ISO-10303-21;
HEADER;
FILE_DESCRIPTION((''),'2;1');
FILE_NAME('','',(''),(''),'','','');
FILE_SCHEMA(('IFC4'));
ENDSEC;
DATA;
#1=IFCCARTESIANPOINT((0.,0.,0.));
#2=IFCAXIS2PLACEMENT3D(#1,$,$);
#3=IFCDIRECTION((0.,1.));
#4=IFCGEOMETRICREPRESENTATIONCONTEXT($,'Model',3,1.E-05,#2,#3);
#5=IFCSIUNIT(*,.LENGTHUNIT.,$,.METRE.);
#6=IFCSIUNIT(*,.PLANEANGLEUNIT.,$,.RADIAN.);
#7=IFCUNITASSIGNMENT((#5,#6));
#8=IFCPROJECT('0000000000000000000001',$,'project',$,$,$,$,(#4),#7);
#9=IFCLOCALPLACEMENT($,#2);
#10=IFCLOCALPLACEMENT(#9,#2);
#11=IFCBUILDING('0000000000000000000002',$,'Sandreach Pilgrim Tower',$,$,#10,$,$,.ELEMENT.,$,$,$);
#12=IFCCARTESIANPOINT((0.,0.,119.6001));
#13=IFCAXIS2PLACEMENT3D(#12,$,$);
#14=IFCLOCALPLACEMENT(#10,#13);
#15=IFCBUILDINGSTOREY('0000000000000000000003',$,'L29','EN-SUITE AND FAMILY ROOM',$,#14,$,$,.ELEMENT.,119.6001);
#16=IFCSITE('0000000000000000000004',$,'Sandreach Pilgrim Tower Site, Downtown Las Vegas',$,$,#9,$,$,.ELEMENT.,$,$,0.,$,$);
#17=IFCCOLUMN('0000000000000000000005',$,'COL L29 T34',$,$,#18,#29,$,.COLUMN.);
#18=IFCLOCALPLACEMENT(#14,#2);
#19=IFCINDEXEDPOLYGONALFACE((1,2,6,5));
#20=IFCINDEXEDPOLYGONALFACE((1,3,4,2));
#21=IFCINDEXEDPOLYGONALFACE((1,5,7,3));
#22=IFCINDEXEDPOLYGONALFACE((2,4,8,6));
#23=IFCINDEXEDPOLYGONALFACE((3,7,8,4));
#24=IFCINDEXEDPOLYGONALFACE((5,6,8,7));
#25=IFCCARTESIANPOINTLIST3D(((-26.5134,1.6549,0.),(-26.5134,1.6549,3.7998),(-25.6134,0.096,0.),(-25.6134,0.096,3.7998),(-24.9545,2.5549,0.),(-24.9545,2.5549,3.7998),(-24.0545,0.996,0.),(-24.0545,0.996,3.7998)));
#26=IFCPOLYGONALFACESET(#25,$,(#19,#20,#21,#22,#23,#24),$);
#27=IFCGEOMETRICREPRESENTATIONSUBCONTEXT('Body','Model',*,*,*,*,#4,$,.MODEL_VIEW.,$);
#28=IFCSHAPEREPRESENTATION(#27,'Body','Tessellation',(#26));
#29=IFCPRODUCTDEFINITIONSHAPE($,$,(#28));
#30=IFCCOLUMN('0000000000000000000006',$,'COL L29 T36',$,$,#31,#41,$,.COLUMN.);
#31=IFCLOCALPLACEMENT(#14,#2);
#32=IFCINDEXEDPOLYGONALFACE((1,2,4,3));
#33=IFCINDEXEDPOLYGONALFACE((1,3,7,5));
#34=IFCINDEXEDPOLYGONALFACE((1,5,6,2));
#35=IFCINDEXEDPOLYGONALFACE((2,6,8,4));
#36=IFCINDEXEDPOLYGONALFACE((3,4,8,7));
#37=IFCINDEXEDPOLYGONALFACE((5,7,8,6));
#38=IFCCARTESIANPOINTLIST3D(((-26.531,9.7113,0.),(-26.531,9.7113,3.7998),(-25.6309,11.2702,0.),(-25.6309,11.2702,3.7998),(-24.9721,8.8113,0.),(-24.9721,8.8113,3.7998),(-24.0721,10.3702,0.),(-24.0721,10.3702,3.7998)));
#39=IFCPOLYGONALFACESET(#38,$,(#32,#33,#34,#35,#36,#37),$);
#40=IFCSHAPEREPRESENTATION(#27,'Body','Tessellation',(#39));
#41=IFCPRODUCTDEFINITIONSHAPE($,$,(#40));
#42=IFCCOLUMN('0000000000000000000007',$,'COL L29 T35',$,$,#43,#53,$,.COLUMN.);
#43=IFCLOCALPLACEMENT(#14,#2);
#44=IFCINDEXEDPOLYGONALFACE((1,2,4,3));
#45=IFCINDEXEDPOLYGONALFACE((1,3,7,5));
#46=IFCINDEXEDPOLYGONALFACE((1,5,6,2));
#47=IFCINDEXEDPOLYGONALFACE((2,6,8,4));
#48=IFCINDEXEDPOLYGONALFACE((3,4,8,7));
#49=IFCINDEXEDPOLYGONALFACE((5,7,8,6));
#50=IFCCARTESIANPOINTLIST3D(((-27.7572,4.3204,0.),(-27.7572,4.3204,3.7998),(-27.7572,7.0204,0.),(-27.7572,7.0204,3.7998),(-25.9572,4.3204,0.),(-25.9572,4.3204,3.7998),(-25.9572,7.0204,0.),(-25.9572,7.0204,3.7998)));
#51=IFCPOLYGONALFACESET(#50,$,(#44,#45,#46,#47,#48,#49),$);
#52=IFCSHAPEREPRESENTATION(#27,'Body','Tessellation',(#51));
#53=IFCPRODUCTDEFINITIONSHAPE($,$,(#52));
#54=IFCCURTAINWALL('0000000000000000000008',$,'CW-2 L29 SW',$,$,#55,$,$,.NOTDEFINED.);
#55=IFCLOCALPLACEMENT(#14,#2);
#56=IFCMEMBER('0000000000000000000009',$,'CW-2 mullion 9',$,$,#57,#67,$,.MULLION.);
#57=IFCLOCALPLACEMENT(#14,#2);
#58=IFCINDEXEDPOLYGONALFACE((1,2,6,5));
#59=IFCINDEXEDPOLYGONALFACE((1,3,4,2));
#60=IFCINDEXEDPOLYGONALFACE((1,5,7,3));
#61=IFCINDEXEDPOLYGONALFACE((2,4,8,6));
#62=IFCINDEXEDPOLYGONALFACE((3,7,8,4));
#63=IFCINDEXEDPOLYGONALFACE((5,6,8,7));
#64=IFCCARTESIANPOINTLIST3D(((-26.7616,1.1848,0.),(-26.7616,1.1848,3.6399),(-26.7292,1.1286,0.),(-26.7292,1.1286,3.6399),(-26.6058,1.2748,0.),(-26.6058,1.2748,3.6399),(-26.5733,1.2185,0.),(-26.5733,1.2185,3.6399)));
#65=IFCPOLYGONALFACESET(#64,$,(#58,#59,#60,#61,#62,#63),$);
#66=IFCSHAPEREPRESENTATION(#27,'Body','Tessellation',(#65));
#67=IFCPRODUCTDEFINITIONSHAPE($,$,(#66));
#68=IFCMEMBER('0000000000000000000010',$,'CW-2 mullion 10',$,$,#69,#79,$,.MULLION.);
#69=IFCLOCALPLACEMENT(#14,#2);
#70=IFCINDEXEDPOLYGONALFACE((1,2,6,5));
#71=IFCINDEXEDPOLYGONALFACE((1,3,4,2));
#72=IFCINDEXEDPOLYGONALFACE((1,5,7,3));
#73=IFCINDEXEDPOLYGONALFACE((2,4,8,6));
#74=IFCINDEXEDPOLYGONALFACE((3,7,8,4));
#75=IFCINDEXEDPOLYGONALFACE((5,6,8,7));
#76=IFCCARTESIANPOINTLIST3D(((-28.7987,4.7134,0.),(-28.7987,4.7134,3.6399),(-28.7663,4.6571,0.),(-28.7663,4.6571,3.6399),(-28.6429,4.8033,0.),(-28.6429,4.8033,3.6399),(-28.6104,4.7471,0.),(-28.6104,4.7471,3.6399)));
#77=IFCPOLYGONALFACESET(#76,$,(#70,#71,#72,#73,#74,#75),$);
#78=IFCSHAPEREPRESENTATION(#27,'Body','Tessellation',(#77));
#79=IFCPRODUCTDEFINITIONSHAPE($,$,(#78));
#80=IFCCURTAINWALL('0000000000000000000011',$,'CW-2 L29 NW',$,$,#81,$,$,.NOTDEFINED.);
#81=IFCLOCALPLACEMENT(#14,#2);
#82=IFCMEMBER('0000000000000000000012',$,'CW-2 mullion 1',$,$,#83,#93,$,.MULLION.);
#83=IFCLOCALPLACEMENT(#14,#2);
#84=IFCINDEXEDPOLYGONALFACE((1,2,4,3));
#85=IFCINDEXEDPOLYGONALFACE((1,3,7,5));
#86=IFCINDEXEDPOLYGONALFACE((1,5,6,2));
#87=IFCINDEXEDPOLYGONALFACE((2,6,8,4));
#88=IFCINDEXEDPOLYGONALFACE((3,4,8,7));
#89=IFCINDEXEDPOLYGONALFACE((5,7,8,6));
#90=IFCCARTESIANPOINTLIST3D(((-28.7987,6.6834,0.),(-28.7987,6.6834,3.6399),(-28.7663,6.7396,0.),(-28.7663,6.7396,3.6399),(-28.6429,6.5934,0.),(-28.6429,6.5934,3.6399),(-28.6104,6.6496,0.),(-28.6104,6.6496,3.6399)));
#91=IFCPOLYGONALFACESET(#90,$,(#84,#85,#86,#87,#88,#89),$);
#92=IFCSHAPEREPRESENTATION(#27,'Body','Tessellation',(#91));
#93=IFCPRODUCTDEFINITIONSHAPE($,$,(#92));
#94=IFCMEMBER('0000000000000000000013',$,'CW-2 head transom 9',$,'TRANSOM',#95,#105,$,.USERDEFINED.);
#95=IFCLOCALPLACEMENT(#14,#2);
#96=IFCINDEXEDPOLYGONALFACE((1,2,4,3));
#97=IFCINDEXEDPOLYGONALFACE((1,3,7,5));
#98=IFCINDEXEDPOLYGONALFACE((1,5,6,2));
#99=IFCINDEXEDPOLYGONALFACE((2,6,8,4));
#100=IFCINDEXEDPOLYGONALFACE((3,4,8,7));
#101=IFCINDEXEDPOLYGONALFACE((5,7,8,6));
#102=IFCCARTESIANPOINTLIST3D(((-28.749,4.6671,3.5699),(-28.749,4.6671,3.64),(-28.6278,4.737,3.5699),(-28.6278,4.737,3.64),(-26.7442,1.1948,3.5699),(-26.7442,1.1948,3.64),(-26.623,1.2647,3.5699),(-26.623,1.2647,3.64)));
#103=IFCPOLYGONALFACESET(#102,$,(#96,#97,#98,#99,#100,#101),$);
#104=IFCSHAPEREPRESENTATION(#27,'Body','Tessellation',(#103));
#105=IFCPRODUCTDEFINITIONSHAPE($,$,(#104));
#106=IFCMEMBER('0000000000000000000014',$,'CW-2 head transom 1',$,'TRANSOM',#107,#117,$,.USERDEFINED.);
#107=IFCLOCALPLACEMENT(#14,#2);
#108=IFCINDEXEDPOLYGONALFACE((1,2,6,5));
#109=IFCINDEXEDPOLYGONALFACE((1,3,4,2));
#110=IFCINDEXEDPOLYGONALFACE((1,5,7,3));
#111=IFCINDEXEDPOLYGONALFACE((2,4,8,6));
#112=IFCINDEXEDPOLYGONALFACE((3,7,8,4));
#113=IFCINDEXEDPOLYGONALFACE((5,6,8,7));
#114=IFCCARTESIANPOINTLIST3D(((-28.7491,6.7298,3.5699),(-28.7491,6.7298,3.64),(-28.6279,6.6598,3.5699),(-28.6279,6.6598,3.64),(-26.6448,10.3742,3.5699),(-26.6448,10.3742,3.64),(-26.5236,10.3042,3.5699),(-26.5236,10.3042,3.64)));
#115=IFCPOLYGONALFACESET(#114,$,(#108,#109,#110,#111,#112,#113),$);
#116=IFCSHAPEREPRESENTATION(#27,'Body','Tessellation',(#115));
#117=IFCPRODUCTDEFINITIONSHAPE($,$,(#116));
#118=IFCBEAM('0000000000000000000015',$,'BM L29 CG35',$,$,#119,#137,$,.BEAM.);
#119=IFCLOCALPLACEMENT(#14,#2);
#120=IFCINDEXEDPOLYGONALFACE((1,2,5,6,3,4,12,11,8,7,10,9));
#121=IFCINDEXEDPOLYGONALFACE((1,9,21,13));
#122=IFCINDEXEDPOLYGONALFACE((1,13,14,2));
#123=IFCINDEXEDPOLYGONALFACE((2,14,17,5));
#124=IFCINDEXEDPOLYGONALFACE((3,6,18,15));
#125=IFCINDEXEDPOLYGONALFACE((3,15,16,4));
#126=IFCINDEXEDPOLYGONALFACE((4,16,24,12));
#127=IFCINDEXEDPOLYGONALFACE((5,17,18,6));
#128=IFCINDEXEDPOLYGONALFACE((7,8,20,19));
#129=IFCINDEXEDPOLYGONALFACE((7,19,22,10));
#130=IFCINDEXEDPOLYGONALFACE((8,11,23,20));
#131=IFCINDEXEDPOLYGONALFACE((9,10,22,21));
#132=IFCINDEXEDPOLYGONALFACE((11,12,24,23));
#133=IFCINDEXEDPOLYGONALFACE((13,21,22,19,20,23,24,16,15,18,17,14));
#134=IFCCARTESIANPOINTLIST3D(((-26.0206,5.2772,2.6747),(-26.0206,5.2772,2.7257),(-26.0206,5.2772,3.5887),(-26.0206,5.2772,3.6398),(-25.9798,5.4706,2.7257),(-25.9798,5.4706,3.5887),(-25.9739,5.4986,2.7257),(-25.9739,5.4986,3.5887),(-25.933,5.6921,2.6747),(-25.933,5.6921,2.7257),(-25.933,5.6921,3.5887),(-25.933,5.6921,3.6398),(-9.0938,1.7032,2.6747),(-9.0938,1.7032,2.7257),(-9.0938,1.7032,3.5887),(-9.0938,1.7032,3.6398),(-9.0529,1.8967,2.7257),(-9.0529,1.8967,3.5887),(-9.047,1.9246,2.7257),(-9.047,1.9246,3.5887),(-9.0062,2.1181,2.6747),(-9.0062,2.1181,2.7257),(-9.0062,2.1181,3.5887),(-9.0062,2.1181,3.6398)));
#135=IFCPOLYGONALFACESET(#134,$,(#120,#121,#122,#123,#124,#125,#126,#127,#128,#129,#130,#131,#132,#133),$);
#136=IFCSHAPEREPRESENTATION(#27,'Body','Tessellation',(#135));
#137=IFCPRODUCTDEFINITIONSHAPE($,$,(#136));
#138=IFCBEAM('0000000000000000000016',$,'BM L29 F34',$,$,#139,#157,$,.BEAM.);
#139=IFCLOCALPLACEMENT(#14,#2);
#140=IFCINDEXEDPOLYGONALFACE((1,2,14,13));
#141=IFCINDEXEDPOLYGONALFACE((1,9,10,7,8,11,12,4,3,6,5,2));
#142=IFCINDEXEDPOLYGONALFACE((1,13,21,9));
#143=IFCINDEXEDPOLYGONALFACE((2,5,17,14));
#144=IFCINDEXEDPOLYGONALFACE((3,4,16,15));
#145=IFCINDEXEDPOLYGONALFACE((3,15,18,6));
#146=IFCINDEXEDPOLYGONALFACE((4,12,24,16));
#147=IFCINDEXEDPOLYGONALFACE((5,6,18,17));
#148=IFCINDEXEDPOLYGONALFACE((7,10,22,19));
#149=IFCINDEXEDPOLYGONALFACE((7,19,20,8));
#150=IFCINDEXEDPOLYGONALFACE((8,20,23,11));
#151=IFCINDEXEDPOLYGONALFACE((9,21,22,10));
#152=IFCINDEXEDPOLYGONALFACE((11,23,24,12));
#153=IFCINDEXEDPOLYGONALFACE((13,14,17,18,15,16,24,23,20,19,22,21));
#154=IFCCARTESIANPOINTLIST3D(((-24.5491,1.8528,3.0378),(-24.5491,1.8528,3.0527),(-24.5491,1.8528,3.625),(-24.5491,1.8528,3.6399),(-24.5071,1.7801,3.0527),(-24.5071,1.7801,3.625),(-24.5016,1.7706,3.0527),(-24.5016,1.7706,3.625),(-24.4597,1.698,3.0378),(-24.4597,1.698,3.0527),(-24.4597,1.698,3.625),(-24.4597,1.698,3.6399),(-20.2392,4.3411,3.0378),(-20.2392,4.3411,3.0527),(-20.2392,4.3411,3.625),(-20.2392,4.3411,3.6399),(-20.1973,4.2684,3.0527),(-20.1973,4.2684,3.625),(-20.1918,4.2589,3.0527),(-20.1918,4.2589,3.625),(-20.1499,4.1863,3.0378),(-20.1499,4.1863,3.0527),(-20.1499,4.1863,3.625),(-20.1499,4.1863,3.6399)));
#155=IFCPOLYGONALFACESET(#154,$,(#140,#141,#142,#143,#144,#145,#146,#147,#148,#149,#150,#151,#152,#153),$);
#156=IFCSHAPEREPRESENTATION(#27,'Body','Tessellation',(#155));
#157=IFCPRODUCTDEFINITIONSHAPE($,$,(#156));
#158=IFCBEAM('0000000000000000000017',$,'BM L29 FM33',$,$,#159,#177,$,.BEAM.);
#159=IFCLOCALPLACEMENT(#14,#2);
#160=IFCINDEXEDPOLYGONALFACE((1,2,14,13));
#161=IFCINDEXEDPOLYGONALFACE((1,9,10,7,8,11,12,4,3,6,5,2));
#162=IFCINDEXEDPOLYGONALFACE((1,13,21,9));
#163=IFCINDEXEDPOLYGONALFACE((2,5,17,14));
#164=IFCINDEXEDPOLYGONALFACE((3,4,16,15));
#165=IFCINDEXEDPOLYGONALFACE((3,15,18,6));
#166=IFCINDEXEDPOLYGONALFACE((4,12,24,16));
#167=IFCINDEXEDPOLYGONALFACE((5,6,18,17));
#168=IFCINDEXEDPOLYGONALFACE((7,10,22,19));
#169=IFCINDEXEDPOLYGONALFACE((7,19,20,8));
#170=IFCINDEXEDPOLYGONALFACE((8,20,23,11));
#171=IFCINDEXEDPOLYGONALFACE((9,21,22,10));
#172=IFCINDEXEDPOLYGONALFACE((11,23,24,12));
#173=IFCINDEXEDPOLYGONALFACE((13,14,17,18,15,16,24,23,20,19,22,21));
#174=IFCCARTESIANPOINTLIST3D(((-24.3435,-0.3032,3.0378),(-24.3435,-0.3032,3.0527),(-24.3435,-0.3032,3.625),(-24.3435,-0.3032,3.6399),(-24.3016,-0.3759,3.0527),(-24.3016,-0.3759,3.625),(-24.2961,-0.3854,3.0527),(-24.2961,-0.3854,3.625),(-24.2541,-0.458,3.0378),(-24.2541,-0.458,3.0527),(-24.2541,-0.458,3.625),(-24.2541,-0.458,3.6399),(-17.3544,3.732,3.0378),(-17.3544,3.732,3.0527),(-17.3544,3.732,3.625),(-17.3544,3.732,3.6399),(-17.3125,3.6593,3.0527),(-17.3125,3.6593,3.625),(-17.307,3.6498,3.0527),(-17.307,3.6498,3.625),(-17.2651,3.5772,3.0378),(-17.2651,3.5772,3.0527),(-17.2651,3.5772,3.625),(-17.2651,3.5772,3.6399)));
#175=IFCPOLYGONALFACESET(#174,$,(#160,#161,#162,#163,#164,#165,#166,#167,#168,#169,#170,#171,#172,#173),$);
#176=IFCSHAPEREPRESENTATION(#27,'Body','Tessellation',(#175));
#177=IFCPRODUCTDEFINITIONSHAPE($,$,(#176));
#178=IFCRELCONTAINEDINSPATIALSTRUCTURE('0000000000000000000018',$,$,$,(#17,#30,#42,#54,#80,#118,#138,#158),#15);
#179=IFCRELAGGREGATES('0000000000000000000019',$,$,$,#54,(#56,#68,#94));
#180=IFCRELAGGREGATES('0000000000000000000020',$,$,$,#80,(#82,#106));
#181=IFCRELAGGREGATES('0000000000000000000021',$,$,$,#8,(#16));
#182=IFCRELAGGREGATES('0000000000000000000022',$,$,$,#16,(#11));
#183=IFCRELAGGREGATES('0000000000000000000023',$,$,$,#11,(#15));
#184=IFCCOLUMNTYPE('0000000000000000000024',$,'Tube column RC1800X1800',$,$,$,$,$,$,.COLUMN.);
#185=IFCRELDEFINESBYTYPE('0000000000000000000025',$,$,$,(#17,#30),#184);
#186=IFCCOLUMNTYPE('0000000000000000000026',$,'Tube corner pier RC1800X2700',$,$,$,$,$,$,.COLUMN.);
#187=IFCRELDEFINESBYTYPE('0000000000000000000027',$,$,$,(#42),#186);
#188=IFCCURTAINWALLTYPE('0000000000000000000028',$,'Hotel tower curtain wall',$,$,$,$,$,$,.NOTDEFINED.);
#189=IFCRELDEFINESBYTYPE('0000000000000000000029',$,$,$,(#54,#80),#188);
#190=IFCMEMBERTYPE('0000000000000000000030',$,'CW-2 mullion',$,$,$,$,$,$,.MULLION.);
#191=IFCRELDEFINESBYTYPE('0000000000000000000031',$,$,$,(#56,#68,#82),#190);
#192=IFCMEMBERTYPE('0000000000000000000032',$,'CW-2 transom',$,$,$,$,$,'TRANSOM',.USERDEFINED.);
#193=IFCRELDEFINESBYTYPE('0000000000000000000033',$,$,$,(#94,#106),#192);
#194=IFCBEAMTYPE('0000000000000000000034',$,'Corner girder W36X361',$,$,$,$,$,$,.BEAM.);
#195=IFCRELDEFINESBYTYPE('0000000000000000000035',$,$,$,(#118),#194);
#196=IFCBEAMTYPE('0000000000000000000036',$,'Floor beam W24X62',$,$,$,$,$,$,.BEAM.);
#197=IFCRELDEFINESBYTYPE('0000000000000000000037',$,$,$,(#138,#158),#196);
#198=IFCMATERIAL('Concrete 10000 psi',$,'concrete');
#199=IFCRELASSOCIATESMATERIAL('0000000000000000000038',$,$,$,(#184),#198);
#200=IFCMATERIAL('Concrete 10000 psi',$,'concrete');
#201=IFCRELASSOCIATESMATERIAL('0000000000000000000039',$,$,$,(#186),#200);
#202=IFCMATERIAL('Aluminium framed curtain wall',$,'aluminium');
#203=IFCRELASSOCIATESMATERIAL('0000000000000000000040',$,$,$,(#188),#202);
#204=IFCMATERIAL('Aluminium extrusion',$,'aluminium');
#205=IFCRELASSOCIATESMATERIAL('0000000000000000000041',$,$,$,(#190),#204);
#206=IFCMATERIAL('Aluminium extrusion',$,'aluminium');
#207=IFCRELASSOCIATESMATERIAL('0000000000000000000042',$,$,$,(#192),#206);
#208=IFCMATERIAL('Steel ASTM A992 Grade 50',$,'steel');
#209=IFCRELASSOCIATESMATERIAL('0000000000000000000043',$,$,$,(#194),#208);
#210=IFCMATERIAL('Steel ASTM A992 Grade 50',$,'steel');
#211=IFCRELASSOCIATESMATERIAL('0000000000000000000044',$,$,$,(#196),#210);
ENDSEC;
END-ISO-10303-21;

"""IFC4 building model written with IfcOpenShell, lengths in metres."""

from ifc_helpers import new_model, si_unit, direction, frame, origin, origin_2d, place, context, subcontext, project, spatial, rectangle, i_section, extrude, material, material_profile, profile_set, type_object, element, aggregate, save


model = new_model("IFC4")

# Units and contexts
model_context = context("Model", 3, precision=1e-05, world=origin(), true_north=direction((0.0, 1.0)))
body_context = subcontext(model_context, "Body", "Model", "MODEL_VIEW")
ifc_project = project(units=[si_unit("LENGTHUNIT", "METRE"), si_unit("PLANEANGLEUNIT", "RADIAN")], contexts=[model_context])

# Site, building, storey
site_placement = place(None, origin())
site = spatial("IfcSite", under=ifc_project, at=site_placement, Name="Sandreach Pilgrim Tower Site, Downtown Las Vegas", CompositionType="ELEMENT", RefElevation=0.0)
building_placement = place(site_placement, origin())
building = spatial("IfcBuilding", under=site, at=building_placement, Name="Sandreach Pilgrim Tower", CompositionType="ELEMENT")
storey_placement = place(building_placement, frame((0.0, 0.0, 119.6001)))
storey = spatial("IfcBuildingStorey", under=building, at=storey_placement, Name="L29", Description="EN-SUITE AND FAMILY ROOM", CompositionType="ELEMENT", Elevation=119.6001)

# Columns
ifc_material_1 = material(Name="Concrete 10000 psi", Category="concrete")
ifc_material_profile_1 = material_profile(ifc_material_1, rectangle(XDim=1.8, YDim=1.8, at=origin_2d()), Name="RC1800X1800")
ifc_profile_set_1 = profile_set([ifc_material_profile_1], Name="Concrete 10000 psi")
column_type_1 = type_object("IfcColumnType", Name="Tube column RC1800X1800", PredefinedType="COLUMN", material=ifc_profile_set_1)
for number, where, z_axis, x_axis, name in (
    (1, (-25.2839, 1.3254, 0.0), (0.0, 0.0, 1.0), (-0.866025, -0.5, 0.0), "COL L29 T34"),
    (2, (-25.3015, 10.0408, 0.0), (0.0, 0.0, 1.0), (-0.866025, 0.5, 0.0), "COL L29 T36"),
):
    element("IfcColumn", number, at=place(storey_placement, frame(where, z_axis=z_axis, x_axis=x_axis)), inside=storey, type_object=column_type_1, Name=name, PredefinedType="COLUMN", context=body_context, shape_type="SweptSolid", body=[
        extrude(rectangle(XDim=1.8, YDim=1.8, at=origin_2d()), origin(), (0.0, 0.0, 1.0), 3.7998),
    ])
ifc_material_2 = material(Name="Concrete 10000 psi", Category="concrete")
ifc_material_profile_2 = material_profile(ifc_material_2, rectangle(XDim=1.8, YDim=2.7, at=origin_2d()), Name="RC1800X2700")
ifc_profile_set_2 = profile_set([ifc_material_profile_2], Name="Concrete 10000 psi")
column_type_2 = type_object("IfcColumnType", Name="Tube corner pier RC1800X2700", PredefinedType="COLUMN", material=ifc_profile_set_2)
column_placement = place(storey_placement, frame((-26.8572, 5.6704, 0.0), z_axis=(0.0, 0.0, 1.0), x_axis=(-1.0, 0.0, 0.0)))
element("IfcColumn", 3, at=column_placement, inside=storey, type_object=column_type_2, Name="COL L29 T35", PredefinedType="COLUMN", context=body_context, shape_type="SweptSolid", body=[
    extrude(rectangle(XDim=1.8, YDim=2.7, at=origin_2d()), origin(), (0.0, 0.0, 1.0), 3.7998),
])

# Curtain wall, members
ifc_material_3 = material(Name="Aluminium framed curtain wall", Category="aluminium")
curtain_wall_type = type_object("IfcCurtainWallType", Name="Hotel tower curtain wall", PredefinedType="NOTDEFINED", material=ifc_material_3)
curtain_wall_1_placement = place(storey_placement, origin())
curtain_wall_1 = element("IfcCurtainWall", 4, at=curtain_wall_1_placement, inside=storey, type_object=curtain_wall_type, Name="CW-2 L29 SW", PredefinedType="NOTDEFINED")
ifc_material_4 = material(Name="Aluminium extrusion", Category="aluminium")
ifc_material_profile_3 = material_profile(ifc_material_4, rectangle(XDim=0.0649, YDim=0.1799, at=origin_2d()), Name="CW-2M 65X180")
ifc_profile_set_3 = profile_set([ifc_material_profile_3], Name="Aluminium extrusion")
member_type_1 = type_object("IfcMemberType", Name="CW-2 mullion", PredefinedType="MULLION", material=ifc_profile_set_3)
member_1_placement = place(storey_placement, frame((-26.6675, 1.2017, 0.0), z_axis=(0.0, 0.0, 1.0), x_axis=(-0.5, 0.866025, 0.0)))
member_1 = element("IfcMember", 5, at=member_1_placement, type_object=member_type_1, Name="CW-2 mullion 9", PredefinedType="MULLION", context=body_context, shape_type="SweptSolid", body=[
    extrude(rectangle(XDim=0.0649, YDim=0.1799, at=origin_2d()), origin(), (0.0, 0.0, 1.0), 3.6399),
])
member_2_placement = place(storey_placement, frame((-28.7046, 4.7302, 0.0), z_axis=(0.0, 0.0, 1.0), x_axis=(-0.5, 0.866025, 0.0)))
member_2 = element("IfcMember", 6, at=member_2_placement, type_object=member_type_1, Name="CW-2 mullion 10", PredefinedType="MULLION", context=body_context, shape_type="SweptSolid", body=[
    extrude(rectangle(XDim=0.0649, YDim=0.1799, at=origin_2d()), origin(), (0.0, 0.0, 1.0), 3.6399),
])

# Curtain wall, member
curtain_wall_2_placement = place(storey_placement, origin())
curtain_wall_2 = element("IfcCurtainWall", 7, at=curtain_wall_2_placement, inside=storey, type_object=curtain_wall_type, Name="CW-2 L29 NW", PredefinedType="NOTDEFINED")
member_3_placement = place(storey_placement, frame((-28.7046, 6.6665, 0.0), z_axis=(0.0, 0.0, 1.0), x_axis=(0.5, 0.866025, 0.0)))
member_3 = element("IfcMember", 8, at=member_3_placement, type_object=member_type_1, Name="CW-2 mullion 1", PredefinedType="MULLION", context=body_context, shape_type="SweptSolid", body=[
    extrude(rectangle(XDim=0.0649, YDim=0.1799, at=origin_2d()), origin(), (0.0, 0.0, 1.0), 3.6399),
])

# Members
ifc_material_5 = material(Name="Aluminium extrusion", Category="aluminium")
ifc_material_profile_4 = material_profile(ifc_material_5, rectangle(XDim=0.1399, YDim=0.0701, at=origin_2d()), Name="CW-2T 140X70")
ifc_profile_set_4 = profile_set([ifc_material_profile_4], Name="Aluminium extrusion")
member_type_2 = type_object("IfcMemberType", Name="CW-2 transom", ElementType="TRANSOM", PredefinedType="USERDEFINED", material=ifc_profile_set_4)
member_4_placement = place(storey_placement, frame((-26.6836, 1.2297, 3.605), z_axis=(-0.500016, 0.866016, 0.0), x_axis=(-0.866016, -0.500016, 0.0)))
member_4 = element("IfcMember", 9, at=member_4_placement, type_object=member_type_2, Name="CW-2 head transom 9", ObjectType="TRANSOM", PredefinedType="USERDEFINED", context=body_context, shape_type="SweptSolid", body=[
    extrude(rectangle(XDim=0.1399, YDim=0.0701, at=origin_2d()), origin(), (0.0, 0.0, 1.0), 4.0095),
])
member_5_placement = place(storey_placement, frame((-28.6885, 6.6948, 3.605), z_axis=(0.500039, 0.866003, 0.0), x_axis=(-0.866003, 0.500039, 0.0)))
member_5 = element("IfcMember", 10, at=member_5_placement, type_object=member_type_2, Name="CW-2 head transom 1", ObjectType="TRANSOM", PredefinedType="USERDEFINED", context=body_context, shape_type="SweptSolid", body=[
    extrude(rectangle(XDim=0.1399, YDim=0.0701, at=origin_2d()), origin(), (0.0, 0.0, 1.0), 4.2083),
])

# Beams
ifc_material_6 = material(Name="Steel ASTM A992 Grade 50", Category="steel")
ifc_material_profile_5 = material_profile(ifc_material_6, i_section(OverallWidth=0.4241, OverallDepth=0.9651, WebThickness=0.0286, FlangeThickness=0.051, at=origin_2d()), Name="W36X361")
ifc_profile_set_5 = profile_set([ifc_material_profile_5], Name="Steel ASTM A992 Grade 50")
beam_type_1 = type_object("IfcBeamType", Name="Corner girder W36X361", PredefinedType="BEAM", material=ifc_profile_set_5)
beam_1_placement = place(storey_placement, frame((-25.9768, 5.4846, 3.1572), z_axis=(0.978428, -0.206589, 0.0), x_axis=(0.206589, 0.978428, 0.0)))
element("IfcBeam", 11, at=beam_1_placement, inside=storey, type_object=beam_type_1, Name="BM L29 CG35", PredefinedType="BEAM", context=body_context, shape_type="SweptSolid", body=[
    extrude(i_section(OverallWidth=0.4241, OverallDepth=0.9651, WebThickness=0.0286, FlangeThickness=0.051, at=origin_2d()), origin(), (0.0, 0.0, 1.0), 17.3),
])
ifc_material_7 = material(Name="Steel ASTM A992 Grade 50", Category="steel")
ifc_material_profile_6 = material_profile(ifc_material_7, i_section(OverallWidth=0.1787, OverallDepth=0.6021, WebThickness=0.011, FlangeThickness=0.0149, at=origin_2d()), Name="W24X62")
ifc_profile_set_6 = profile_set([ifc_material_profile_6], Name="Steel ASTM A992 Grade 50")
beam_type_2 = type_object("IfcBeamType", Name="Floor beam W24X62", PredefinedType="BEAM", material=ifc_profile_set_6)
beam_2_placement = place(storey_placement, frame((-24.5044, 1.7754, 3.3389), z_axis=(0.866025, 0.500001, 0.0), x_axis=(-0.500001, 0.866025, 0.0)))
element("IfcBeam", 12, at=beam_2_placement, inside=storey, type_object=beam_type_2, Name="BM L29 F34", PredefinedType="BEAM", context=body_context, shape_type="SweptSolid", body=[
    extrude(i_section(OverallWidth=0.1787, OverallDepth=0.6021, WebThickness=0.011, FlangeThickness=0.0149, at=origin_2d()), origin(), (0.0, 0.0, 1.0), 4.9766),
])
beam_3_placement = place(storey_placement, frame((-24.2988, -0.3806, 3.3389), z_axis=(0.866023, 0.500004, 0.0), x_axis=(-0.500004, 0.866023, 0.0)))
element("IfcBeam", 13, at=beam_3_placement, inside=storey, type_object=beam_type_2, Name="BM L29 FM33", PredefinedType="BEAM", context=body_context, shape_type="SweptSolid", body=[
    extrude(i_section(OverallWidth=0.1787, OverallDepth=0.6021, WebThickness=0.011, FlangeThickness=0.0149, at=origin_2d()), origin(), (0.0, 0.0, 1.0), 8.0703),
])

aggregate(curtain_wall_1, [member_1, member_2, member_4])
aggregate(curtain_wall_2, [member_3, member_5])

save(model, "model.ifc")
